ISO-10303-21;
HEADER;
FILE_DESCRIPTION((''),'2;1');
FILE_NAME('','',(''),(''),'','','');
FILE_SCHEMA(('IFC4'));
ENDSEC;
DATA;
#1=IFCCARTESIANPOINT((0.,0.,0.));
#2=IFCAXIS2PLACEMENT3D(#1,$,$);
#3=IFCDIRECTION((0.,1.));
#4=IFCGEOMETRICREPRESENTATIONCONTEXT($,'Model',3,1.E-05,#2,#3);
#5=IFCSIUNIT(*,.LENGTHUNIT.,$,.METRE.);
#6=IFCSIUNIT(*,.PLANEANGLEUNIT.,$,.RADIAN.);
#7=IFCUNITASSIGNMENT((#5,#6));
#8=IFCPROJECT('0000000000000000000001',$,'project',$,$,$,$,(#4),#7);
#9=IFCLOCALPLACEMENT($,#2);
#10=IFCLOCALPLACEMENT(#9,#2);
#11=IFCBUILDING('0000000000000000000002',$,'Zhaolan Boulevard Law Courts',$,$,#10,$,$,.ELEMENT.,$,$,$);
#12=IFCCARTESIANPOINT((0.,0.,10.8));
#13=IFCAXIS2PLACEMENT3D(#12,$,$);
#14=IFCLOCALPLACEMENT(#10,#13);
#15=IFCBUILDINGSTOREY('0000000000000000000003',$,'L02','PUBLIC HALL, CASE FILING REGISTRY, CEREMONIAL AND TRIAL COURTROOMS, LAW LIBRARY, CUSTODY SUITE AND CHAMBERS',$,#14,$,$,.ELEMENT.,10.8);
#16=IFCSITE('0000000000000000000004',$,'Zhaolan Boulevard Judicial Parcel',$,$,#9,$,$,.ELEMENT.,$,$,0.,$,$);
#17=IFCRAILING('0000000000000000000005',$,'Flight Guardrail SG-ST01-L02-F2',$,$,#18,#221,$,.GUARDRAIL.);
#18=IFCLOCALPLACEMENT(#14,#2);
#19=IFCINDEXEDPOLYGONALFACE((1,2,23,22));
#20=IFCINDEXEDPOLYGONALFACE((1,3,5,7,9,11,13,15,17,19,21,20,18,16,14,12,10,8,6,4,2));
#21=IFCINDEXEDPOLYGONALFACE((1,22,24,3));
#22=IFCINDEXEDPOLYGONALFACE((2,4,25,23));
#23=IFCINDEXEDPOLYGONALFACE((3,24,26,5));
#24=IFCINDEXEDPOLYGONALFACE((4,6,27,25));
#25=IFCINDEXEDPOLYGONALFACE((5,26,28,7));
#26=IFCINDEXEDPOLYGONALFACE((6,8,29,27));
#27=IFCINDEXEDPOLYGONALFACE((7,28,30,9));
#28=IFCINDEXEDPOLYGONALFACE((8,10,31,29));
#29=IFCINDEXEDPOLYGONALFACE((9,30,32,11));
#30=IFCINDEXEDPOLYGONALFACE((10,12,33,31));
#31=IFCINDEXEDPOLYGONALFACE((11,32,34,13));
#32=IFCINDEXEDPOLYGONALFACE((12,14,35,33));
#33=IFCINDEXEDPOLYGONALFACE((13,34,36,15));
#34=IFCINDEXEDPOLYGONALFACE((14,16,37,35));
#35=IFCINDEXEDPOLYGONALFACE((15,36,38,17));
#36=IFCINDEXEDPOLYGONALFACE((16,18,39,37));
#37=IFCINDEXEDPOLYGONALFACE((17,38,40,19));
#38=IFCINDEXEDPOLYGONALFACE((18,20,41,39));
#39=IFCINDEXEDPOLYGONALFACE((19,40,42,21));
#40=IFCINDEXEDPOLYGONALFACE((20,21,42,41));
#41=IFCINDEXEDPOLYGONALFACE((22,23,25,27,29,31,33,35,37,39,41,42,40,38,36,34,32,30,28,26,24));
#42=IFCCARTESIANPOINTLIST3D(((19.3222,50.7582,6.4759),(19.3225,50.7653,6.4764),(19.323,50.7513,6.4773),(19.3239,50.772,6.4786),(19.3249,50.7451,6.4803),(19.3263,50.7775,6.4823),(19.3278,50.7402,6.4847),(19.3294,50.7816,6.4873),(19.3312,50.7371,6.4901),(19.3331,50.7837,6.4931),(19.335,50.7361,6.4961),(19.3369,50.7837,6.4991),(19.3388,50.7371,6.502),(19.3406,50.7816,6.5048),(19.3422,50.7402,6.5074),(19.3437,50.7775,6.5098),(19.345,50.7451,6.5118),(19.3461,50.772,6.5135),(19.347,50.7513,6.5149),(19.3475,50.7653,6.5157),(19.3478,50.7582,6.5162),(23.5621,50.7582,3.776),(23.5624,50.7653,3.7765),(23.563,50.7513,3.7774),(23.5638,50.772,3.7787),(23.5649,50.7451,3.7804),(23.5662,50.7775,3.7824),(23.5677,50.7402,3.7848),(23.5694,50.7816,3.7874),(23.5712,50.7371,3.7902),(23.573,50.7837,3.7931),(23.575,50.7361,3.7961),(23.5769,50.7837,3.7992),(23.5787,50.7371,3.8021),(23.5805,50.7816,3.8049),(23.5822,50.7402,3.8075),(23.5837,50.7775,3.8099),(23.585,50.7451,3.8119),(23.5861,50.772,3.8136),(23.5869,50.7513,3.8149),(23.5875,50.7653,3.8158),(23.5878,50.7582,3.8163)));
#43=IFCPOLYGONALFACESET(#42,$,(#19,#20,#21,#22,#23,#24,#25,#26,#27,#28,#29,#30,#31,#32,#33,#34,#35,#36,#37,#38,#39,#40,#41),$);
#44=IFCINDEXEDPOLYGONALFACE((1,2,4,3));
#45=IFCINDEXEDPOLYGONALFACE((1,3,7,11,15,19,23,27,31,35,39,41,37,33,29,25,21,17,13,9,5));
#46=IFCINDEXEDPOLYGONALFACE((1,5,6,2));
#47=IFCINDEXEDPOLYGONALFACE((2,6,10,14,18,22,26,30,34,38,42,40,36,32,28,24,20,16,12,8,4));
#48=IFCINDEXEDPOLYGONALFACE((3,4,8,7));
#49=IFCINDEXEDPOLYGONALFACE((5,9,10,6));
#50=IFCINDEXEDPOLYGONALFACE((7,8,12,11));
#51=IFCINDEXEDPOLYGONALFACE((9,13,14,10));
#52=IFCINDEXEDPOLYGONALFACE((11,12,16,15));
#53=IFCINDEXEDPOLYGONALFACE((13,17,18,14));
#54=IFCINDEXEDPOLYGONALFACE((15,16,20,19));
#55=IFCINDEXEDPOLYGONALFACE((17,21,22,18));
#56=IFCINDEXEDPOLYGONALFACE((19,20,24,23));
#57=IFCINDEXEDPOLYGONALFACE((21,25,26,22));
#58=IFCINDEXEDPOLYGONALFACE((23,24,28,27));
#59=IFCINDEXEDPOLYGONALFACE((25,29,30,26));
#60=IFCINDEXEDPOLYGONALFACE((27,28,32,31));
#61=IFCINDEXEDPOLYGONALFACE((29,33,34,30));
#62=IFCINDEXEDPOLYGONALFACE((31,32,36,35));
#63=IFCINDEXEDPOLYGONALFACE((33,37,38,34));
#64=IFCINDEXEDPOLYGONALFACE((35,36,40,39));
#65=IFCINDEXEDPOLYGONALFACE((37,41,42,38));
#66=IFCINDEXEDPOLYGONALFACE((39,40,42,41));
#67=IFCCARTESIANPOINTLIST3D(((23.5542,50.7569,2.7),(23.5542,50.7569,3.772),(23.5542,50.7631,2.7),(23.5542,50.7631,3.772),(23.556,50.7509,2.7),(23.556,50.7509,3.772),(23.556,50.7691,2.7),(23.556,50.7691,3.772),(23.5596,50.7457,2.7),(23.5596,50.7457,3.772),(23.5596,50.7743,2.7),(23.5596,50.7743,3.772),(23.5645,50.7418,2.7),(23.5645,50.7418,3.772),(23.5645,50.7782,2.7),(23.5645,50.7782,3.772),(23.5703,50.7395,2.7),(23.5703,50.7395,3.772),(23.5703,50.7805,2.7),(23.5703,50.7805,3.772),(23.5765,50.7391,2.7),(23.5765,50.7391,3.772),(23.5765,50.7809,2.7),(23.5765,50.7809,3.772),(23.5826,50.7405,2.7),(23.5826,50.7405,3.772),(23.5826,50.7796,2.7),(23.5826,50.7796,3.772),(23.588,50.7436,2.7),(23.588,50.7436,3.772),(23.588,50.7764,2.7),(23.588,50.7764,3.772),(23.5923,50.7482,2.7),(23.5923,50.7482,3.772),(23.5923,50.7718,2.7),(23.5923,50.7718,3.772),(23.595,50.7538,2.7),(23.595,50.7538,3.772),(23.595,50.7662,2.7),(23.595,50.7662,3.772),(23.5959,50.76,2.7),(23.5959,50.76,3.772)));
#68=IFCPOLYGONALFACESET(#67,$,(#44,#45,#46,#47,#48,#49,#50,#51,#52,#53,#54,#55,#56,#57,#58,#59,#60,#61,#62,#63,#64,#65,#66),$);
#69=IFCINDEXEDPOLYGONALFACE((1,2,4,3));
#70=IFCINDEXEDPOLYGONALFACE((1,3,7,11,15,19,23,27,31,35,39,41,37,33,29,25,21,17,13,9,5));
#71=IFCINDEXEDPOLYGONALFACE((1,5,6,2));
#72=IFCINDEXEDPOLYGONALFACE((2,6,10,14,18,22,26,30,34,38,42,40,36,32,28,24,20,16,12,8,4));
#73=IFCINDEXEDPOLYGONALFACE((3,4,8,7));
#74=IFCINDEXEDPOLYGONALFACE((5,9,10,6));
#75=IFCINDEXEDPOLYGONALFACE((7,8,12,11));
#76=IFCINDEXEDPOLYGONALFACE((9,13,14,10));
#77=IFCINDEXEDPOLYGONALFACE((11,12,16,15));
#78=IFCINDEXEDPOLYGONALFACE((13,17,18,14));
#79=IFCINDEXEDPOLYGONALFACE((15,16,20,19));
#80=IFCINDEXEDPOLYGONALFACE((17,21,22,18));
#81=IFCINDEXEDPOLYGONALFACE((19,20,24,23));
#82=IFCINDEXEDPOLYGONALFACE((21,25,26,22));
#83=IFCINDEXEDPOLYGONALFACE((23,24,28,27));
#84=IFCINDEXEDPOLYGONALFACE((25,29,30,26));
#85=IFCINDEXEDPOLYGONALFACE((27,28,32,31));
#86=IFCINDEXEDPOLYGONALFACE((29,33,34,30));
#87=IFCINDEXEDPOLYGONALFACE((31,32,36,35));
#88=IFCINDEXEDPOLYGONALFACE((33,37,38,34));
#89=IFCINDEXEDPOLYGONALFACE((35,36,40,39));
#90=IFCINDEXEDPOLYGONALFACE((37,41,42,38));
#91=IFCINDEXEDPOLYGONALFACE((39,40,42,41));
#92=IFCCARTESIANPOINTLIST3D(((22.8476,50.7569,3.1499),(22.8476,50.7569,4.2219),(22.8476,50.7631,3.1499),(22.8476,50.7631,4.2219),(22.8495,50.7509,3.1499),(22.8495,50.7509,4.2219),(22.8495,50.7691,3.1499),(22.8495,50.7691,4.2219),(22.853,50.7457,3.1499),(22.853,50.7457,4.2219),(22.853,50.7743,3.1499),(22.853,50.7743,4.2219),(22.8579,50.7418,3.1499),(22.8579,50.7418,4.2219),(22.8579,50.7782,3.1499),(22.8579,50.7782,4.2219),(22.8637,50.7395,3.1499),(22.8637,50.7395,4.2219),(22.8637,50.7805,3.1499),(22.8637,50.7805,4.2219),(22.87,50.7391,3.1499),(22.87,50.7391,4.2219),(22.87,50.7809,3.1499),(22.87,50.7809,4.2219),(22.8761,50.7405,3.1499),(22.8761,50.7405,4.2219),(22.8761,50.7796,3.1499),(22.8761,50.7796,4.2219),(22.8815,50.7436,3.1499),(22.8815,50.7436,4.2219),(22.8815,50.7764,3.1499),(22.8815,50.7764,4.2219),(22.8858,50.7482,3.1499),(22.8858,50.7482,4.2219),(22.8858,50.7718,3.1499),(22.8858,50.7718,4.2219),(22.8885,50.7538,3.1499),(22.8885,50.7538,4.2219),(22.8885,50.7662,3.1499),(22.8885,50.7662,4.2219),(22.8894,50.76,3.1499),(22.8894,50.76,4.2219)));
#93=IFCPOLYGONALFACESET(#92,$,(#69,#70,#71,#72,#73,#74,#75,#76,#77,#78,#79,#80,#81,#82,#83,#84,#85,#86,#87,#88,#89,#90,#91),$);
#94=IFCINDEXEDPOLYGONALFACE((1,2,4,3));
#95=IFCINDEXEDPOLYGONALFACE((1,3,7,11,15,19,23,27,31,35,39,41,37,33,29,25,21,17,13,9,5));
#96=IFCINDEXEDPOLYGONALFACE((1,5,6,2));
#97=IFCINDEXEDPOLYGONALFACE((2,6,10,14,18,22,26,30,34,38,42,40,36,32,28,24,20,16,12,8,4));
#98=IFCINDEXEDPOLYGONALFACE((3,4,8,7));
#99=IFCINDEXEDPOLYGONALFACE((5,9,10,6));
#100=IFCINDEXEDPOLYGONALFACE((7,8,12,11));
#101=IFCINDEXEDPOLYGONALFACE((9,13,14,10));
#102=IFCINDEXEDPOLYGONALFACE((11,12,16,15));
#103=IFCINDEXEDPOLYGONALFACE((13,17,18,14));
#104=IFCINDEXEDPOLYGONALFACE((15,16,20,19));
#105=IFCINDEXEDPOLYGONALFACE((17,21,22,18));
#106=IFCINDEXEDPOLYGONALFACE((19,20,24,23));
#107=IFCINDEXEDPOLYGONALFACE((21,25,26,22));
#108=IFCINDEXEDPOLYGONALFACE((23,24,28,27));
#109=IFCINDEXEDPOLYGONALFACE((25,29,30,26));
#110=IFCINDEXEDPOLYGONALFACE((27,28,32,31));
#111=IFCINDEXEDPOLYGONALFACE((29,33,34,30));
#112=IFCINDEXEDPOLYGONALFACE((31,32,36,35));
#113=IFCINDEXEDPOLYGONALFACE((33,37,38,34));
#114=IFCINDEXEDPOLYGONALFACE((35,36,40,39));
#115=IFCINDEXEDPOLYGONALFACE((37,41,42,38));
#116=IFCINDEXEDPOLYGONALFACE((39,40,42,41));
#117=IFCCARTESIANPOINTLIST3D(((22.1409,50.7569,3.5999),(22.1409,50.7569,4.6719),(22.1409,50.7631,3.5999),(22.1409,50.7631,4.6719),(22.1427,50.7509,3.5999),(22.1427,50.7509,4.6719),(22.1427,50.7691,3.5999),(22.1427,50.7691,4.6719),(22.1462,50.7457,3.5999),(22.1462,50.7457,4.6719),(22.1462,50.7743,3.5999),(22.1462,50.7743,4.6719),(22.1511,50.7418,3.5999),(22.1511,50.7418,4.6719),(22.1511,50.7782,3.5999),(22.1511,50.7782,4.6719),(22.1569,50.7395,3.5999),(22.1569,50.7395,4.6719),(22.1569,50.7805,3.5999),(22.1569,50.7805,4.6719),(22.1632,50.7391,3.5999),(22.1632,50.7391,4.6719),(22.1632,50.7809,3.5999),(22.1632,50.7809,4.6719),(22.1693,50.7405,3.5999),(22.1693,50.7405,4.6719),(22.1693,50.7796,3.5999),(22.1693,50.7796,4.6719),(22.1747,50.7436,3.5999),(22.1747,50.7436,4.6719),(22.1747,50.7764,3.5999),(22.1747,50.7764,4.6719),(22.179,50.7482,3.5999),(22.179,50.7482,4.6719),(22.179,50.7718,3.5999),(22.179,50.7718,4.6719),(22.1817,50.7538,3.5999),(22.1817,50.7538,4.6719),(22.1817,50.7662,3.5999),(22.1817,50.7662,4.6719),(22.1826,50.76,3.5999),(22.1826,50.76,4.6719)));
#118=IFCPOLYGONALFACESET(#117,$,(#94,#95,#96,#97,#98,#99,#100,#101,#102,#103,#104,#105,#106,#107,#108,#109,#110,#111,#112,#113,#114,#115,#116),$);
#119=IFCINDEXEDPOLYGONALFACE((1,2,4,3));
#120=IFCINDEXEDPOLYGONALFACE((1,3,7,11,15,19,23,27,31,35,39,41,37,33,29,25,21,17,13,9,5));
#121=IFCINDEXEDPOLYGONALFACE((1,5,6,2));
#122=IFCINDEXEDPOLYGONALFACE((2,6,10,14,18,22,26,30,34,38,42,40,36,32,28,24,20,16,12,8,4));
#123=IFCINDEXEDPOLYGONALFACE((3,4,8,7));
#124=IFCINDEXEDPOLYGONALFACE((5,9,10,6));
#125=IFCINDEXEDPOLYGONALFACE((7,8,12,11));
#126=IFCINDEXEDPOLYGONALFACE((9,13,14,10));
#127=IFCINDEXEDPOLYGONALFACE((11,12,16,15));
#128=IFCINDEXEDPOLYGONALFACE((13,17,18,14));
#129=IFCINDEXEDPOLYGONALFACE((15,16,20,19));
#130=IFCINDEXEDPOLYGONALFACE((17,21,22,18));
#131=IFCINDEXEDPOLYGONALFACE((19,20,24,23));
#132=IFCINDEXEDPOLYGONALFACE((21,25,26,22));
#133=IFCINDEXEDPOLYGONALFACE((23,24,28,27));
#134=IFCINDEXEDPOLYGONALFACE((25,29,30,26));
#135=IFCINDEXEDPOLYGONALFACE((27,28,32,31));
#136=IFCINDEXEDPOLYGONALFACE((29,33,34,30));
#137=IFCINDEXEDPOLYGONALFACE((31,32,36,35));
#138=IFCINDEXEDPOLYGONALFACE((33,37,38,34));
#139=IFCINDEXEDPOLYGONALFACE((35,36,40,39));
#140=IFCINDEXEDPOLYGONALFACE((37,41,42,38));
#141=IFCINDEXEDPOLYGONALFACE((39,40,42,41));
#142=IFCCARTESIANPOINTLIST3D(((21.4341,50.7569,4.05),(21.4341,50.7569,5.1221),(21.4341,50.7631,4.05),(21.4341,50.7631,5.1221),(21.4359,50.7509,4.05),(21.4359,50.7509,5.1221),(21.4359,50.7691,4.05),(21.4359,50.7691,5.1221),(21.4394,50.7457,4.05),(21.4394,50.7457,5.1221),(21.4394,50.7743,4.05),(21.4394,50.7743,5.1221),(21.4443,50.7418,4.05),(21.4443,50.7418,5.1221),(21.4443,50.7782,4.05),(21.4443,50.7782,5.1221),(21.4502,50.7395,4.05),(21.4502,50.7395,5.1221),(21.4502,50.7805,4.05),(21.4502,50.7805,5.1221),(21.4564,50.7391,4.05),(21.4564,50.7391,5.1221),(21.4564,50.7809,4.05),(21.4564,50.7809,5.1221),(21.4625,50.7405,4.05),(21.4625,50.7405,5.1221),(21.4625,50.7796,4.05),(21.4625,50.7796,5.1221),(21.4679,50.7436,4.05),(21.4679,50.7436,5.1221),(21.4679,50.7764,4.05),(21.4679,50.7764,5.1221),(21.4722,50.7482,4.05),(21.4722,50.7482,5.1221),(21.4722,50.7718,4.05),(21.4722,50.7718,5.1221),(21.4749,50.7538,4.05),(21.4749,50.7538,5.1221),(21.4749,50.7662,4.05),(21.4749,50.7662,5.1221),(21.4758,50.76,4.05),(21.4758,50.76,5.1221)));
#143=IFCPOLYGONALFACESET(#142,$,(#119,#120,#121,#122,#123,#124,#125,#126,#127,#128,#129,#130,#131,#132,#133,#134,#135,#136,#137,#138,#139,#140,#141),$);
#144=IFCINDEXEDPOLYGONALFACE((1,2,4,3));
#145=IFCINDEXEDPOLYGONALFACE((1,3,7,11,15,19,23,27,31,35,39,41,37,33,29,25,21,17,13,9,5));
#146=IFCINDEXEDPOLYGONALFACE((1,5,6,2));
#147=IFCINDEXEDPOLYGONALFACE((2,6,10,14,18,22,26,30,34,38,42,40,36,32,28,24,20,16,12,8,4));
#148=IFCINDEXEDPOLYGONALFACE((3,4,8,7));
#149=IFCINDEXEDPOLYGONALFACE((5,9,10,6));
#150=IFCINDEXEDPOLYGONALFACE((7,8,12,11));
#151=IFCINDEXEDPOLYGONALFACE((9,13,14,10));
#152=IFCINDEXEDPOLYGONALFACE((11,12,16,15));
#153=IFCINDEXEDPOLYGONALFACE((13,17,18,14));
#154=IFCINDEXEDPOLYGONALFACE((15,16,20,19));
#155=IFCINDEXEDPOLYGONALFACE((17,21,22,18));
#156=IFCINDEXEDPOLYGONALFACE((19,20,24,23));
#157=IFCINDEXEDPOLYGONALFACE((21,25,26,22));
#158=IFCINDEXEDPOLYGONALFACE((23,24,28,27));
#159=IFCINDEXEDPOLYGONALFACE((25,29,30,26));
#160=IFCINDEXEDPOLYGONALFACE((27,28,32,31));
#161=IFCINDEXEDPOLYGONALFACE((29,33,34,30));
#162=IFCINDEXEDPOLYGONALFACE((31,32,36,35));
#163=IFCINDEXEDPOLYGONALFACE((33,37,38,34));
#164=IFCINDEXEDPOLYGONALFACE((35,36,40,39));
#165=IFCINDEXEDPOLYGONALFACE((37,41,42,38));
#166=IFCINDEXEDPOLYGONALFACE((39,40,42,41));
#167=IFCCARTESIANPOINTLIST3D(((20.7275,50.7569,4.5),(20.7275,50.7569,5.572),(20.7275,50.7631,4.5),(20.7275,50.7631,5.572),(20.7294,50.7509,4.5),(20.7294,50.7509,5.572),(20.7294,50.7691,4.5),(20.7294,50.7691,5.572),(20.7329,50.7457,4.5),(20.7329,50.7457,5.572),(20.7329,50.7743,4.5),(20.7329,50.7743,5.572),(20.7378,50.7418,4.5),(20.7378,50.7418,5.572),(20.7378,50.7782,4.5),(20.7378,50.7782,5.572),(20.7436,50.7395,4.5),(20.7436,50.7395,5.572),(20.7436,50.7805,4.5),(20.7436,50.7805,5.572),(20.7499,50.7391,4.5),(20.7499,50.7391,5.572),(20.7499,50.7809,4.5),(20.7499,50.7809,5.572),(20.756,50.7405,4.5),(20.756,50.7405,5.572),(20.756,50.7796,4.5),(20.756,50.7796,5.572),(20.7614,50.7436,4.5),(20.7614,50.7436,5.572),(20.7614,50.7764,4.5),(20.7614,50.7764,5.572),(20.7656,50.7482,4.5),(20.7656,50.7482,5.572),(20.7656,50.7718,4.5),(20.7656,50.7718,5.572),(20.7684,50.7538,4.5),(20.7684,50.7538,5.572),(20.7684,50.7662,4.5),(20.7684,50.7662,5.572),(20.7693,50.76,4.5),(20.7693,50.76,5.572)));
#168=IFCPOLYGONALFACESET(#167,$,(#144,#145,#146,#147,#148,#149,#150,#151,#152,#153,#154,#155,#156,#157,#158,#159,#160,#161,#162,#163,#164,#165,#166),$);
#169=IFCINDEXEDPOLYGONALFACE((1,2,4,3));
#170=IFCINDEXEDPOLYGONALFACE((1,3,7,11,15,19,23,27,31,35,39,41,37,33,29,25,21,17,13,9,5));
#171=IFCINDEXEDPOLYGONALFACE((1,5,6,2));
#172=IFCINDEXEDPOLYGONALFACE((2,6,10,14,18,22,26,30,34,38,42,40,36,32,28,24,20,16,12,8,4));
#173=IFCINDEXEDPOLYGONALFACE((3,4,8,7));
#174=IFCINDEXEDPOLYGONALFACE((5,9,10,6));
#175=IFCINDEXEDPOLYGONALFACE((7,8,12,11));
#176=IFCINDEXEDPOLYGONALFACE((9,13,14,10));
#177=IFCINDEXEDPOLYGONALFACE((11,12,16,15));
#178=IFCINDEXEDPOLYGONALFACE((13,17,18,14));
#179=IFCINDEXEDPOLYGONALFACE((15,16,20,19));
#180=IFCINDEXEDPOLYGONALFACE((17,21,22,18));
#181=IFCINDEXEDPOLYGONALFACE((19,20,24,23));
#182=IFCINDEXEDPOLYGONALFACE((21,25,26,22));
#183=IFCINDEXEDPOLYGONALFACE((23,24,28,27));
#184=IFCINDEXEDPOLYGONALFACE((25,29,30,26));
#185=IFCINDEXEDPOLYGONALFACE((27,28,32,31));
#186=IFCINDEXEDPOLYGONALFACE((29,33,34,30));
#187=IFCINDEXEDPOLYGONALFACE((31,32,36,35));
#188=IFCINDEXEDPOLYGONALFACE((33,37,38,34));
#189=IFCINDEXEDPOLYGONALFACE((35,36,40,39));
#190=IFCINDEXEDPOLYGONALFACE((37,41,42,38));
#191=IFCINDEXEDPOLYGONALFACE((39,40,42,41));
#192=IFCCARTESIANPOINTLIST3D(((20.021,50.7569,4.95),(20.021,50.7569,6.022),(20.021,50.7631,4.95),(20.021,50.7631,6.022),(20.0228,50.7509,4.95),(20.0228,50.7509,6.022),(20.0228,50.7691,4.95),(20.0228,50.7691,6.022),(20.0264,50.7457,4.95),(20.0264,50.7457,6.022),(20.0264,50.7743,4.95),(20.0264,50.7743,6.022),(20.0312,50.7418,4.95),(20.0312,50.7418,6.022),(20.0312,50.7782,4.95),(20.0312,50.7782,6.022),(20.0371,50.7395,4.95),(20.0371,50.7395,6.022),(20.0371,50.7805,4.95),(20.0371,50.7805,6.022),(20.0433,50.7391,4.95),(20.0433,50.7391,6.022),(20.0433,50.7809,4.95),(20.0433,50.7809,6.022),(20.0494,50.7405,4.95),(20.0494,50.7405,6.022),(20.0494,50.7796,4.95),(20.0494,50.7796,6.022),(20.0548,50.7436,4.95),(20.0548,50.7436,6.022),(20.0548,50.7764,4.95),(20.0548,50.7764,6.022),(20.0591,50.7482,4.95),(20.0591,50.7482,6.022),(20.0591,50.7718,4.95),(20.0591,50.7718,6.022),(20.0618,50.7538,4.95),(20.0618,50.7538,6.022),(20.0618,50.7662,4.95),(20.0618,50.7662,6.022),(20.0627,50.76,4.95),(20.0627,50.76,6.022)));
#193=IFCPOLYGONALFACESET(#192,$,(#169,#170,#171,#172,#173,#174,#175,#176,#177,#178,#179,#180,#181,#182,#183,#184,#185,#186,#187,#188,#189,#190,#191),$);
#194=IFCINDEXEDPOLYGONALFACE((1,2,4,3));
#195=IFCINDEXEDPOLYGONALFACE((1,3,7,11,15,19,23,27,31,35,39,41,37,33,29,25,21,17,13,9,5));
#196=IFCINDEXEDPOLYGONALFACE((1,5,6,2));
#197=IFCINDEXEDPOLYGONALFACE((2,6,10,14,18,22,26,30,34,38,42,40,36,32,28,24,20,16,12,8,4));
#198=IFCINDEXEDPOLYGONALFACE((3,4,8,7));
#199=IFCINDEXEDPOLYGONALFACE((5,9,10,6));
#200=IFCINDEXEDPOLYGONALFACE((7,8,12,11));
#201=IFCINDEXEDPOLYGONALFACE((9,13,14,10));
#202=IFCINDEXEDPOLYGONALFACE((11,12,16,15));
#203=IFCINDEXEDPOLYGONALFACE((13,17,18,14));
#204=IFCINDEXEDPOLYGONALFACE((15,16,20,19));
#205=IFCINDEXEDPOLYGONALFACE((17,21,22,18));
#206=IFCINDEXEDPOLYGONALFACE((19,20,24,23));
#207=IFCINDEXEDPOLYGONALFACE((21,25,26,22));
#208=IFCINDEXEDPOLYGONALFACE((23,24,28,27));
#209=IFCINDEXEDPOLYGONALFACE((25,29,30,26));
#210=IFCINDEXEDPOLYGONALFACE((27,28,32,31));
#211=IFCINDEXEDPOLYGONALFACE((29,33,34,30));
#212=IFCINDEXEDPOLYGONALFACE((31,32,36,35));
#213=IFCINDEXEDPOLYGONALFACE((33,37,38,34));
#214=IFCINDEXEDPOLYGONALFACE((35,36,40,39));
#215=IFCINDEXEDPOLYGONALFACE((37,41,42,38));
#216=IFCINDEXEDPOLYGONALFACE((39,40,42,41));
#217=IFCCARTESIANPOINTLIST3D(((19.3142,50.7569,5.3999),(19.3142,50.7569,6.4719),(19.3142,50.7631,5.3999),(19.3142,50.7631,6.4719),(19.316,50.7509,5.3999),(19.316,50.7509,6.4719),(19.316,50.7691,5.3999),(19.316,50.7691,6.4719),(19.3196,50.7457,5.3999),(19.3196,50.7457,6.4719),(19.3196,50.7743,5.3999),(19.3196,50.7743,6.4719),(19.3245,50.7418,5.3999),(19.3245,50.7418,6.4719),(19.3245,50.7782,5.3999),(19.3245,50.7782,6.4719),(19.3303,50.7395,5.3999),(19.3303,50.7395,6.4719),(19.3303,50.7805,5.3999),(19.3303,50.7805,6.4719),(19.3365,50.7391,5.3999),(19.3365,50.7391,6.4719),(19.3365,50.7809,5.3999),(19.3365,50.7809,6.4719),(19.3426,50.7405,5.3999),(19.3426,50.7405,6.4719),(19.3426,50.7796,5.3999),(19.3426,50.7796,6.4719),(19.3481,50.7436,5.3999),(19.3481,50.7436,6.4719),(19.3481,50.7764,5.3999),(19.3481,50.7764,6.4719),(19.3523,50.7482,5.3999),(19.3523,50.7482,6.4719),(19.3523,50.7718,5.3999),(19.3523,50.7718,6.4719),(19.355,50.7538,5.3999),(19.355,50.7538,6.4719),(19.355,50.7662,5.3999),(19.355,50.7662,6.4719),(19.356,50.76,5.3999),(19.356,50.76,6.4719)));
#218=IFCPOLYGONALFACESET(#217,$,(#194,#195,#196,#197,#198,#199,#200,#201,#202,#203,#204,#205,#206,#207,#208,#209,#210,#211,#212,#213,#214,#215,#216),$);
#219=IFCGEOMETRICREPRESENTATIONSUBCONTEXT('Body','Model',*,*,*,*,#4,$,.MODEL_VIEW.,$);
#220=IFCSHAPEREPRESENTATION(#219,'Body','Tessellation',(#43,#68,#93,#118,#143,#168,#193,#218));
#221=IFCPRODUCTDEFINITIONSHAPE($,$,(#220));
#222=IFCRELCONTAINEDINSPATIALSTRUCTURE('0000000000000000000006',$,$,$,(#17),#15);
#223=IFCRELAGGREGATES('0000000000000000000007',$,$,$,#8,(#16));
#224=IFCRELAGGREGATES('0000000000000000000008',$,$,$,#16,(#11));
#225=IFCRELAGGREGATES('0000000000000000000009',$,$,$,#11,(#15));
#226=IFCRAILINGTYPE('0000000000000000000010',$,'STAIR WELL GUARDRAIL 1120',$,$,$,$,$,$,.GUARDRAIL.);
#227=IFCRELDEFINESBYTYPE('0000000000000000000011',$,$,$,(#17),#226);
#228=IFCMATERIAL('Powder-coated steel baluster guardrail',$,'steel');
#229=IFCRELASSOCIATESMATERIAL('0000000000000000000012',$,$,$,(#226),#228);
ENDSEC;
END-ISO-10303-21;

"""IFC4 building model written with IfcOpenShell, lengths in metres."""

from ifc_helpers import new_model, si_unit, direction, frame, origin, origin_2d, place, context, subcontext, project, spatial, circle, extrude, material, type_object, element, save


model = new_model("IFC4")

# Units and contexts
model_context = context("Model", 3, precision=1e-05, world=origin(), true_north=direction((0.0, 1.0)))
body_context = subcontext(model_context, "Body", "Model", "MODEL_VIEW")
ifc_project = project(units=[si_unit("LENGTHUNIT", "METRE"), si_unit("PLANEANGLEUNIT", "RADIAN")], contexts=[model_context])

# Site, building, storey
site_placement = place(None, origin())
site = spatial("IfcSite", under=ifc_project, at=site_placement, Name="Zhaolan Boulevard Judicial Parcel", CompositionType="ELEMENT", RefElevation=0.0)
building_placement = place(site_placement, origin())
building = spatial("IfcBuilding", under=site, at=building_placement, Name="Zhaolan Boulevard Law Courts", CompositionType="ELEMENT")
storey_placement = place(building_placement, frame((0.0, 0.0, 10.8)))
storey = spatial("IfcBuildingStorey", under=building, at=storey_placement, Name="L02", Description="PUBLIC HALL, CASE FILING REGISTRY, CEREMONIAL AND TRIAL COURTROOMS, LAW LIBRARY, CUSTODY SUITE AND CHAMBERS", CompositionType="ELEMENT", Elevation=10.8)

# Railing
ifc_material_1 = material(Name="Powder-coated steel baluster guardrail", Category="steel")
railing_type_1 = type_object("IfcRailingType", Name="STAIR WELL GUARDRAIL 1120", PredefinedType="GUARDRAIL", material=ifc_material_1)
railing_1_placement = place(storey_placement, frame((23.575, 50.76, 2.7)))
element("IfcRailing", 1, at=railing_1_placement, inside=storey, type_object=railing_type_1, Name="Flight Guardrail SG-ST01-L02-F2", PredefinedType="GUARDRAIL", context=body_context, shape_type="SweptSolid", body=[
    extrude(circle(Radius=0.0239, at=origin_2d()), frame((0.0, 0.0, 1.0962), z_axis=(-0.843501, 0.0, 0.537127), x_axis=(0.0, -1.0, 0.0)), (0.0, 0.0, 1.0), 5.0266),
    extrude(circle(Radius=0.021, at=origin_2d()), origin(), (0.0, 0.0, 1.0), 1.072),
    extrude(circle(Radius=0.021, at=origin_2d()), frame((-0.7065, 0.0, 0.45)), (0.0, 0.0, 1.0), 1.072),
    extrude(circle(Radius=0.021, at=origin_2d()), frame((-1.4133, 0.0, 0.8999)), (0.0, 0.0, 1.0), 1.072),
    extrude(circle(Radius=0.021, at=origin_2d()), frame((-2.1201, 0.0, 1.3501)), (0.0, 0.0, 1.0), 1.072),
    extrude(circle(Radius=0.021, at=origin_2d()), frame((-2.8267, 0.0, 1.8)), (0.0, 0.0, 1.0), 1.072),
    extrude(circle(Radius=0.021, at=origin_2d()), frame((-3.5332, 0.0, 2.25)), (0.0, 0.0, 1.0), 1.072),
    extrude(circle(Radius=0.021, at=origin_2d()), frame((-4.24, 0.0, 2.7)), (0.0, 0.0, 1.0), 1.072),
])

save(model, "model.ifc")
